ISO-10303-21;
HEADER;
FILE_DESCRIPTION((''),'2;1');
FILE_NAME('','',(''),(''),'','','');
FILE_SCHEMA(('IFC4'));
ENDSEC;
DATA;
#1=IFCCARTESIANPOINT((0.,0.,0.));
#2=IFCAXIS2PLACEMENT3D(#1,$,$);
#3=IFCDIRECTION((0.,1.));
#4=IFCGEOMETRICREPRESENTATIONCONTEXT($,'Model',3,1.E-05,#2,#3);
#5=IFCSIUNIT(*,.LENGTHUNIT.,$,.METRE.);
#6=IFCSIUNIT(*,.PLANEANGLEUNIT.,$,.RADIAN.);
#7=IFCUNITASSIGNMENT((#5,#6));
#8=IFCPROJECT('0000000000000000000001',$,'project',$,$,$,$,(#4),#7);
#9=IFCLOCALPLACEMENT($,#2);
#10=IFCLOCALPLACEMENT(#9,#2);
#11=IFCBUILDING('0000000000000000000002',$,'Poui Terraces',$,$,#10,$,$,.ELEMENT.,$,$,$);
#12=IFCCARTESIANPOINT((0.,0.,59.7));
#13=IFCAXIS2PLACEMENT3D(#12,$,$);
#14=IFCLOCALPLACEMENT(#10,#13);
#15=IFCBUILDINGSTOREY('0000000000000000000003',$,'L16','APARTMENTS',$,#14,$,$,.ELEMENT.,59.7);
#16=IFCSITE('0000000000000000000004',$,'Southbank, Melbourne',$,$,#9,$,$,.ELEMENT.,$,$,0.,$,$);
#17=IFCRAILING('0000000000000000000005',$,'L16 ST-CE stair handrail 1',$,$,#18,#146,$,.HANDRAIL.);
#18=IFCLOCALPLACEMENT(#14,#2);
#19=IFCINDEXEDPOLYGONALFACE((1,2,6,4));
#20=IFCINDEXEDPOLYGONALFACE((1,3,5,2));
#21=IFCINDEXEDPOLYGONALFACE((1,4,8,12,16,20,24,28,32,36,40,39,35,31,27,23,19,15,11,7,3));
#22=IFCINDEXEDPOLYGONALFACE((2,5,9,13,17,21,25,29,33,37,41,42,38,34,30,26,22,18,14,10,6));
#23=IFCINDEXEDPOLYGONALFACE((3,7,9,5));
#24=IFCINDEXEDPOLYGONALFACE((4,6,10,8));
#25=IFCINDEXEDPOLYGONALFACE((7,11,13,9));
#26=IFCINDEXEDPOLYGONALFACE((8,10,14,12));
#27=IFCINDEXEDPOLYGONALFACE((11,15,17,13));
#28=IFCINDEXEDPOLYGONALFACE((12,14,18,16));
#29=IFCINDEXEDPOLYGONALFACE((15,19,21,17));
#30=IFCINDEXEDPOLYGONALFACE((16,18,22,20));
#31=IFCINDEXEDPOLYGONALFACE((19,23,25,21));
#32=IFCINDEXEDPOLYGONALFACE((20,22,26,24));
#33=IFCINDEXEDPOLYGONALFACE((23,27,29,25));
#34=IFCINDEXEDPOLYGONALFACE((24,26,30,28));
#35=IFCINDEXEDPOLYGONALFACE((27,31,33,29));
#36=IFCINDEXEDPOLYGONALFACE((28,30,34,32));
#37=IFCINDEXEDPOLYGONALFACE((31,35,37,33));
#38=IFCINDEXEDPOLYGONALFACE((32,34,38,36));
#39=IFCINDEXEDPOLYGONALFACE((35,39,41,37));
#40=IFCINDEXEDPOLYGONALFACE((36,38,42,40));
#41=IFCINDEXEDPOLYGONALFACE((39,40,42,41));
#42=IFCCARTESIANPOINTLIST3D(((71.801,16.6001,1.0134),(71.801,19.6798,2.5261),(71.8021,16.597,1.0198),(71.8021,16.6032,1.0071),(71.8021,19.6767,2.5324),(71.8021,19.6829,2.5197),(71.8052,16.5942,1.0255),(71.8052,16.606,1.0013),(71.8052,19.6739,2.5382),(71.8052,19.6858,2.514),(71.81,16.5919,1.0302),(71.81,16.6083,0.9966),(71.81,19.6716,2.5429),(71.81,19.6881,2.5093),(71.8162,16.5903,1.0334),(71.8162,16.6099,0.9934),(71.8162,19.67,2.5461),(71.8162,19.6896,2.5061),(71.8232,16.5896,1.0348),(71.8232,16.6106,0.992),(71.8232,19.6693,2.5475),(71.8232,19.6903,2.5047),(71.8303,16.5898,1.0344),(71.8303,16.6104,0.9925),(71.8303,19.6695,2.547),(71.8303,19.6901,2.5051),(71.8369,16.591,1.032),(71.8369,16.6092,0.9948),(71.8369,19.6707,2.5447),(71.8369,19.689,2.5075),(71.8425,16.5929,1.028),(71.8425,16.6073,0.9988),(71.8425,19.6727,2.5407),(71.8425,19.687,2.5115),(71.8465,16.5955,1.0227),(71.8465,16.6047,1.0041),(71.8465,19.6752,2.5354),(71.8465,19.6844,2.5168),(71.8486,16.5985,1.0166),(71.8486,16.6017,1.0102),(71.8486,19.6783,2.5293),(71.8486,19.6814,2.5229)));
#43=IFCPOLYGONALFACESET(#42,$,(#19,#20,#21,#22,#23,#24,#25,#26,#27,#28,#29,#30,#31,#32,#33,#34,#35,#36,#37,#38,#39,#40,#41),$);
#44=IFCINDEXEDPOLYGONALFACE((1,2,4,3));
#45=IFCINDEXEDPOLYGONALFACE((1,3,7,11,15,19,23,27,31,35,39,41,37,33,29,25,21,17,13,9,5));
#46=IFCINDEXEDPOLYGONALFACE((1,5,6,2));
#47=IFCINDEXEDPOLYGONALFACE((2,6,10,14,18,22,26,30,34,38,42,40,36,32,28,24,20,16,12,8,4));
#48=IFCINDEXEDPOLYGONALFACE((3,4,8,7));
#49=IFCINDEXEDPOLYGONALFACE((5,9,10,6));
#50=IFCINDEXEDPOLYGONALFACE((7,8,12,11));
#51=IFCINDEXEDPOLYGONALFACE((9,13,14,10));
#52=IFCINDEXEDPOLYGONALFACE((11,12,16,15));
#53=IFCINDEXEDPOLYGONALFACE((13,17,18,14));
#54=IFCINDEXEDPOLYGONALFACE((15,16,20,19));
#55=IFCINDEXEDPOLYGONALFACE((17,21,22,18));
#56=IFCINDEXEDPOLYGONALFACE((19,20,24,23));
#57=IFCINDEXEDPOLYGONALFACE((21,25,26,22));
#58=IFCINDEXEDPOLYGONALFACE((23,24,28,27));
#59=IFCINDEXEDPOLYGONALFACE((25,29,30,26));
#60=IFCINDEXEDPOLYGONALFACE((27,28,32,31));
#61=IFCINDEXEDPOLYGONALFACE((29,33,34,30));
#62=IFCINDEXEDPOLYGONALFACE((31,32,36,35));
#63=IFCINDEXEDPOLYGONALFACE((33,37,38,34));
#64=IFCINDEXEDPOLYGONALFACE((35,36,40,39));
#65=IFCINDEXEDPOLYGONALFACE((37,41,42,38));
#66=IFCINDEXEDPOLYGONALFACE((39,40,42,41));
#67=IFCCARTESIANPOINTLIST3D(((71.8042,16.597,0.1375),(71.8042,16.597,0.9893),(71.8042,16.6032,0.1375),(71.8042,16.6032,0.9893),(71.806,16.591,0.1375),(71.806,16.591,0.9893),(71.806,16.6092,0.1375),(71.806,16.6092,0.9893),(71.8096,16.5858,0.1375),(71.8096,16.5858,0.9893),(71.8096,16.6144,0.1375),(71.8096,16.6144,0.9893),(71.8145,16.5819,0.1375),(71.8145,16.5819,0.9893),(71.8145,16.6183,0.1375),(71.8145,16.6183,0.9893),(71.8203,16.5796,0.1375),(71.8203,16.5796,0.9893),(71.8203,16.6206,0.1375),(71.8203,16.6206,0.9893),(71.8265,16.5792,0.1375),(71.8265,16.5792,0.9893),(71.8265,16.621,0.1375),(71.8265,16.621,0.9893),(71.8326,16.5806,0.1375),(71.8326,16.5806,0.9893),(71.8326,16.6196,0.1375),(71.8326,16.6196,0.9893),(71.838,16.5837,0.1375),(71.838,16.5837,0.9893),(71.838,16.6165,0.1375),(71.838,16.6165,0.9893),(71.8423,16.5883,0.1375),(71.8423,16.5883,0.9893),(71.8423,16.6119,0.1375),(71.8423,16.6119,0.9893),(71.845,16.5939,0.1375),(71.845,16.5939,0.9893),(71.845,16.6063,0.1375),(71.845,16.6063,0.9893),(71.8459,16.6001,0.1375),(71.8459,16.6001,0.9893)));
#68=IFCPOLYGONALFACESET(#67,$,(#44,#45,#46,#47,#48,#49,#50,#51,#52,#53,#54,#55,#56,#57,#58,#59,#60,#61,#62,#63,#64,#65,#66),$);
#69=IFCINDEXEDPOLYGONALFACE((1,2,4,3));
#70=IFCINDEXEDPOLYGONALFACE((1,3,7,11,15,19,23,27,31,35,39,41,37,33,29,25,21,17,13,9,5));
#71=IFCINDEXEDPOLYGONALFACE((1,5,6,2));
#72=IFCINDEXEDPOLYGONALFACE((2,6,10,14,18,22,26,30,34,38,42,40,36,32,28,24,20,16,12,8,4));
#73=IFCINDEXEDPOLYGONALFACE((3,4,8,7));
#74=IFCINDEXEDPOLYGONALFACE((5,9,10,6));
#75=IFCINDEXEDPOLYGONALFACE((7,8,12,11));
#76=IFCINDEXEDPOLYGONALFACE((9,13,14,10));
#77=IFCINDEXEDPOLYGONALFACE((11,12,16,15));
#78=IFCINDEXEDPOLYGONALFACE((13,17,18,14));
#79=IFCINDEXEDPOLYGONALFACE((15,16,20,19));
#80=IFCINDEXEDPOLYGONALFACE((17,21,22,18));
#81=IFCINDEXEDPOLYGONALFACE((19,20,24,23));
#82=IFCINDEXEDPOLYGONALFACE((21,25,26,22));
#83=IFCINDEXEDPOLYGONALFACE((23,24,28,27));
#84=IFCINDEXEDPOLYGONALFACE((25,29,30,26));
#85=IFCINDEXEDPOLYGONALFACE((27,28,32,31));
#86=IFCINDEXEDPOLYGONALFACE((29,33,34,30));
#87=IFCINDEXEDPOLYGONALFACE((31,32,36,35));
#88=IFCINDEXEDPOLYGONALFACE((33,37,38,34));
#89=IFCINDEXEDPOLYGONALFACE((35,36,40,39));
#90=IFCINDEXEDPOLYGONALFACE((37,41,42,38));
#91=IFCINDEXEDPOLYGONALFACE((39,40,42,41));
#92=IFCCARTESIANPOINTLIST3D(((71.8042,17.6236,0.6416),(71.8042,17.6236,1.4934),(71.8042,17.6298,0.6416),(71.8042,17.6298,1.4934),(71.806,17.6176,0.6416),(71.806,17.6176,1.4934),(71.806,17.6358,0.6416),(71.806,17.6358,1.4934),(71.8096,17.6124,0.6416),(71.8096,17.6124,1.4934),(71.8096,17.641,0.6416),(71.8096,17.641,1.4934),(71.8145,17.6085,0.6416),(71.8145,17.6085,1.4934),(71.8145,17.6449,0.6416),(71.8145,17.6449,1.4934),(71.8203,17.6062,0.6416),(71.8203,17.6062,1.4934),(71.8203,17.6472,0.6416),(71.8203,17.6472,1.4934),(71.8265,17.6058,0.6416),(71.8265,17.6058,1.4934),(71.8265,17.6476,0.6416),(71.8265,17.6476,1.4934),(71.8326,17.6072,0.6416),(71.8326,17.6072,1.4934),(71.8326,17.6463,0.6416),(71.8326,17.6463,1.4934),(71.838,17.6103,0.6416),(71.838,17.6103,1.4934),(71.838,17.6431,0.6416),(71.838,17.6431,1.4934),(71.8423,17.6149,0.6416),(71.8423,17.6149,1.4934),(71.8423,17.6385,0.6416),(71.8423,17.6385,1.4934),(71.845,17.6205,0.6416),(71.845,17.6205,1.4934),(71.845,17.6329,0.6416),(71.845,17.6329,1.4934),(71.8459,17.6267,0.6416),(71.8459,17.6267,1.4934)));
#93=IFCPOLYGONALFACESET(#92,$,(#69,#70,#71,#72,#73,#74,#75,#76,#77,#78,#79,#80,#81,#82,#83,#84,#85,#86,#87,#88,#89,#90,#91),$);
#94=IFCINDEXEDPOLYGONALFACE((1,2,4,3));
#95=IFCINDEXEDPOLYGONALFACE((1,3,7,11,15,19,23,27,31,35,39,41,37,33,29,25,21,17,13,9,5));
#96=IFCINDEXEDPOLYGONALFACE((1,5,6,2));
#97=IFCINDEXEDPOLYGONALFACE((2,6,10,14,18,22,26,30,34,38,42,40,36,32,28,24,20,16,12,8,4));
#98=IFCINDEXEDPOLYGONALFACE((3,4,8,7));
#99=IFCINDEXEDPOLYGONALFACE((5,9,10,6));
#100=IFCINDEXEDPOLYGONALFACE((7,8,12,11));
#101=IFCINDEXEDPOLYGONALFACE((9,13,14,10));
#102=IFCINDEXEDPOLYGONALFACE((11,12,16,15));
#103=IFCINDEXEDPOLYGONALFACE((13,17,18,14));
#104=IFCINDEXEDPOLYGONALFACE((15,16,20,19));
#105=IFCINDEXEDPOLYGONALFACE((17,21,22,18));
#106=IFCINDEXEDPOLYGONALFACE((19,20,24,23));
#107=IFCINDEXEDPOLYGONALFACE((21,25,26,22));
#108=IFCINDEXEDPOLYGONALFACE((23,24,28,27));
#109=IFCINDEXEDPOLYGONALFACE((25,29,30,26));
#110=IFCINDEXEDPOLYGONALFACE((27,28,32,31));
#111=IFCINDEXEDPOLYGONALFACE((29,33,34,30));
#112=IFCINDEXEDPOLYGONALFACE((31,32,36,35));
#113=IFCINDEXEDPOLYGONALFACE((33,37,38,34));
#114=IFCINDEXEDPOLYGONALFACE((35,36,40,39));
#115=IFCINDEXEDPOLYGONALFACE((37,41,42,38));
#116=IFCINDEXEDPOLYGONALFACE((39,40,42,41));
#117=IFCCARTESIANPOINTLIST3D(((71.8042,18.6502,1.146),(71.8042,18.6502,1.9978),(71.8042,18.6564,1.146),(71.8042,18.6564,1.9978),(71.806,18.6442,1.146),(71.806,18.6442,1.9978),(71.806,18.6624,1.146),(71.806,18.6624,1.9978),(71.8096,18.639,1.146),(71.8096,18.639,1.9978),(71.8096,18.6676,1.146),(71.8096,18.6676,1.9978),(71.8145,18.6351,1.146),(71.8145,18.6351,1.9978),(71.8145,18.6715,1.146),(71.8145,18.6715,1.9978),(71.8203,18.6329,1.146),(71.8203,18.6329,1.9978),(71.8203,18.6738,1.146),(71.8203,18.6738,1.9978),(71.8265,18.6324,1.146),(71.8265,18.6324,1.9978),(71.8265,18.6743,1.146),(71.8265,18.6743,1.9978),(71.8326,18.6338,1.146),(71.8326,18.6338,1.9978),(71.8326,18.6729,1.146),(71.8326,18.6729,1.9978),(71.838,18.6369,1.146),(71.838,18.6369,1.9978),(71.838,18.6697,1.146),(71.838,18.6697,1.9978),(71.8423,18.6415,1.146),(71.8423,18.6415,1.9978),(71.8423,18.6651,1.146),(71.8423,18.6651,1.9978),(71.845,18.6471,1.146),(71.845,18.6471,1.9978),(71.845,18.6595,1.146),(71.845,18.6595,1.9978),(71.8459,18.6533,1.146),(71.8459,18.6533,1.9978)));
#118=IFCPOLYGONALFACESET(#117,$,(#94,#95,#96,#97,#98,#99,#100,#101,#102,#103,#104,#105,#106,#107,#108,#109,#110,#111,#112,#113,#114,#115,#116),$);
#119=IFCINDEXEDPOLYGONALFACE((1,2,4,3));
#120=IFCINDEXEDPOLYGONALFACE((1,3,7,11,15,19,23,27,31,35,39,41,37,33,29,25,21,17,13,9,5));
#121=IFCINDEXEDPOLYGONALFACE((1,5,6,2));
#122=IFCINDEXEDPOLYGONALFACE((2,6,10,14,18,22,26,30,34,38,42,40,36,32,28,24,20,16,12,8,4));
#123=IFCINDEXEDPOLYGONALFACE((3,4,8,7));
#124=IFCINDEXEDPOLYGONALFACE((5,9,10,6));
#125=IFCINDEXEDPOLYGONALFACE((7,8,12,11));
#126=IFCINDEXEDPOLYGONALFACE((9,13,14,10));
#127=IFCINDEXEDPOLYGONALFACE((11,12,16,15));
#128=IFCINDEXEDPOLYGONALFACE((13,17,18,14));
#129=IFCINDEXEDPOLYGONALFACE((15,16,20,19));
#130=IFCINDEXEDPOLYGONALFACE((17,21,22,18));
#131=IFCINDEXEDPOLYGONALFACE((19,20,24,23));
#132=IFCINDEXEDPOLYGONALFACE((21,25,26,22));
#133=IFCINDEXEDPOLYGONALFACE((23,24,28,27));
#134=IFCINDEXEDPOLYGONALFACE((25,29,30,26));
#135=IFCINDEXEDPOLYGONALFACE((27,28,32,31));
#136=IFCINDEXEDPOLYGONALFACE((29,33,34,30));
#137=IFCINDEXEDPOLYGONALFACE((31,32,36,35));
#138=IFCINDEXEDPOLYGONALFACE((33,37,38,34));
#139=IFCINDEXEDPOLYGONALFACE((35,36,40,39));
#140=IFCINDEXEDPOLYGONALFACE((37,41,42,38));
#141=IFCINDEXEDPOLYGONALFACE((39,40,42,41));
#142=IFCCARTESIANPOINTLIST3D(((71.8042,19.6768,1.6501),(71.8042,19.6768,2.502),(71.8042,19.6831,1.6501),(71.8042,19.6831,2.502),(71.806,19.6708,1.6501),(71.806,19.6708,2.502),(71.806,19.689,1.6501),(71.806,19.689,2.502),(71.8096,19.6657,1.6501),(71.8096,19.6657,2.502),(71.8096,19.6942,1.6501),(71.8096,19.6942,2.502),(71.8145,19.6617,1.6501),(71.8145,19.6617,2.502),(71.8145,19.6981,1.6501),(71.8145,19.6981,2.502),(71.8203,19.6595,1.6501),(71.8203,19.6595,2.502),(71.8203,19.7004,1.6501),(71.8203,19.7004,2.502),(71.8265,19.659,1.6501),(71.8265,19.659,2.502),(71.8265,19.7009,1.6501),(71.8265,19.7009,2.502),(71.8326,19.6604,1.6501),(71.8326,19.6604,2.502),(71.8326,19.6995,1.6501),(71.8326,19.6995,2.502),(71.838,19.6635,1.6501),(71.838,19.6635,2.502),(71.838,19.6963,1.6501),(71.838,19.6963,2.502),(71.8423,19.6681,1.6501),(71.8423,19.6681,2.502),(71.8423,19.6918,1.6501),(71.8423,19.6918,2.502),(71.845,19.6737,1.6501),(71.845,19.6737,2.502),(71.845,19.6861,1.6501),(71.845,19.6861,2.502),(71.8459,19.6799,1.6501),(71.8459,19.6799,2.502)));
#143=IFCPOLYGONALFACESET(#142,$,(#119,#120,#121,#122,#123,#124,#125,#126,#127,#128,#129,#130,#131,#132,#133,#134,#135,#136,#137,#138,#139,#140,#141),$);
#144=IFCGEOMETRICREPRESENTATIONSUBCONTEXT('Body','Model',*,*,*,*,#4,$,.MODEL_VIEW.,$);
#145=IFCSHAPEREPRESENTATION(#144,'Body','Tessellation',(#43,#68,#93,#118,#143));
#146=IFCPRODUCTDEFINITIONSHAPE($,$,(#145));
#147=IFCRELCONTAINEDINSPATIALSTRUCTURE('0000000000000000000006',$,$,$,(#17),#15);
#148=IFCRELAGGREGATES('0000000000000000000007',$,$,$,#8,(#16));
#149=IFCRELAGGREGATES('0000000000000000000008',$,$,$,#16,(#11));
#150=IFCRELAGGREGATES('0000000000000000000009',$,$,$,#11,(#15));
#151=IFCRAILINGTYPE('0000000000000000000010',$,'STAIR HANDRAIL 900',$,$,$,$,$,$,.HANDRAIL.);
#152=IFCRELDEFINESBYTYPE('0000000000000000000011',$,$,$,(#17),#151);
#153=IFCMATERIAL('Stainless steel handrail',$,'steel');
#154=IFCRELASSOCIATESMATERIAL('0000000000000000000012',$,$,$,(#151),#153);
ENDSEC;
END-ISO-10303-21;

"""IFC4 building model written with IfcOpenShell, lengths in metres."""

from ifc_helpers import new_model, si_unit, direction, frame, origin, origin_2d, place, context, subcontext, project, spatial, circle, extrude, material, type_object, element, save


model = new_model("IFC4")

# Units and contexts
model_context = context("Model", 3, precision=1e-05, world=origin(), true_north=direction((0.0, 1.0)))
body_context = subcontext(model_context, "Body", "Model", "MODEL_VIEW")
ifc_project = project(units=[si_unit("LENGTHUNIT", "METRE"), si_unit("PLANEANGLEUNIT", "RADIAN")], contexts=[model_context])

# Site, building, storey
site_placement = place(None, origin())
site = spatial("IfcSite", under=ifc_project, at=site_placement, Name="Southbank, Melbourne", CompositionType="ELEMENT", RefElevation=0.0)
building_placement = place(site_placement, origin())
building = spatial("IfcBuilding", under=site, at=building_placement, Name="Poui Terraces", CompositionType="ELEMENT")
storey_placement = place(building_placement, frame((0.0, 0.0, 59.7)))
storey = spatial("IfcBuildingStorey", under=building, at=storey_placement, Name="L16", Description="APARTMENTS", CompositionType="ELEMENT", Elevation=59.7)

# Railing
ifc_material_1 = material(Name="Stainless steel handrail", Category="steel")
railing_type_1 = type_object("IfcRailingType", Name="STAIR HANDRAIL 900", PredefinedType="HANDRAIL", material=ifc_material_1)
railing_1_placement = place(storey_placement, frame((71.825, 16.6001, 0.1375)))
element("IfcRailing", 1, at=railing_1_placement, inside=storey, type_object=railing_type_1, Name="L16 ST-CE stair handrail 1", PredefinedType="HANDRAIL", context=body_context, shape_type="SweptSolid", body=[
    extrude(circle(Radius=0.0239, at=origin_2d()), frame((0.0, 0.0, 0.876), z_axis=(0.0, 0.897578, 0.440856), x_axis=(-1.0, 0.0, 0.0)), (0.0, 0.0, 1.0), 3.4312),
    extrude(circle(Radius=0.021, at=origin_2d()), origin(), (0.0, 0.0, 1.0), 0.8518),
    extrude(circle(Radius=0.021, at=origin_2d()), frame((0.0, 1.0266, 0.5042)), (0.0, 0.0, 1.0), 0.8518),
    extrude(circle(Radius=0.021, at=origin_2d()), frame((0.0, 2.0532, 1.0085)), (0.0, 0.0, 1.0), 0.8518),
    extrude(circle(Radius=0.021, at=origin_2d()), frame((0.0, 3.0798, 1.5127)), (0.0, 0.0, 1.0), 0.8518),
])

save(model, "model.ifc")
